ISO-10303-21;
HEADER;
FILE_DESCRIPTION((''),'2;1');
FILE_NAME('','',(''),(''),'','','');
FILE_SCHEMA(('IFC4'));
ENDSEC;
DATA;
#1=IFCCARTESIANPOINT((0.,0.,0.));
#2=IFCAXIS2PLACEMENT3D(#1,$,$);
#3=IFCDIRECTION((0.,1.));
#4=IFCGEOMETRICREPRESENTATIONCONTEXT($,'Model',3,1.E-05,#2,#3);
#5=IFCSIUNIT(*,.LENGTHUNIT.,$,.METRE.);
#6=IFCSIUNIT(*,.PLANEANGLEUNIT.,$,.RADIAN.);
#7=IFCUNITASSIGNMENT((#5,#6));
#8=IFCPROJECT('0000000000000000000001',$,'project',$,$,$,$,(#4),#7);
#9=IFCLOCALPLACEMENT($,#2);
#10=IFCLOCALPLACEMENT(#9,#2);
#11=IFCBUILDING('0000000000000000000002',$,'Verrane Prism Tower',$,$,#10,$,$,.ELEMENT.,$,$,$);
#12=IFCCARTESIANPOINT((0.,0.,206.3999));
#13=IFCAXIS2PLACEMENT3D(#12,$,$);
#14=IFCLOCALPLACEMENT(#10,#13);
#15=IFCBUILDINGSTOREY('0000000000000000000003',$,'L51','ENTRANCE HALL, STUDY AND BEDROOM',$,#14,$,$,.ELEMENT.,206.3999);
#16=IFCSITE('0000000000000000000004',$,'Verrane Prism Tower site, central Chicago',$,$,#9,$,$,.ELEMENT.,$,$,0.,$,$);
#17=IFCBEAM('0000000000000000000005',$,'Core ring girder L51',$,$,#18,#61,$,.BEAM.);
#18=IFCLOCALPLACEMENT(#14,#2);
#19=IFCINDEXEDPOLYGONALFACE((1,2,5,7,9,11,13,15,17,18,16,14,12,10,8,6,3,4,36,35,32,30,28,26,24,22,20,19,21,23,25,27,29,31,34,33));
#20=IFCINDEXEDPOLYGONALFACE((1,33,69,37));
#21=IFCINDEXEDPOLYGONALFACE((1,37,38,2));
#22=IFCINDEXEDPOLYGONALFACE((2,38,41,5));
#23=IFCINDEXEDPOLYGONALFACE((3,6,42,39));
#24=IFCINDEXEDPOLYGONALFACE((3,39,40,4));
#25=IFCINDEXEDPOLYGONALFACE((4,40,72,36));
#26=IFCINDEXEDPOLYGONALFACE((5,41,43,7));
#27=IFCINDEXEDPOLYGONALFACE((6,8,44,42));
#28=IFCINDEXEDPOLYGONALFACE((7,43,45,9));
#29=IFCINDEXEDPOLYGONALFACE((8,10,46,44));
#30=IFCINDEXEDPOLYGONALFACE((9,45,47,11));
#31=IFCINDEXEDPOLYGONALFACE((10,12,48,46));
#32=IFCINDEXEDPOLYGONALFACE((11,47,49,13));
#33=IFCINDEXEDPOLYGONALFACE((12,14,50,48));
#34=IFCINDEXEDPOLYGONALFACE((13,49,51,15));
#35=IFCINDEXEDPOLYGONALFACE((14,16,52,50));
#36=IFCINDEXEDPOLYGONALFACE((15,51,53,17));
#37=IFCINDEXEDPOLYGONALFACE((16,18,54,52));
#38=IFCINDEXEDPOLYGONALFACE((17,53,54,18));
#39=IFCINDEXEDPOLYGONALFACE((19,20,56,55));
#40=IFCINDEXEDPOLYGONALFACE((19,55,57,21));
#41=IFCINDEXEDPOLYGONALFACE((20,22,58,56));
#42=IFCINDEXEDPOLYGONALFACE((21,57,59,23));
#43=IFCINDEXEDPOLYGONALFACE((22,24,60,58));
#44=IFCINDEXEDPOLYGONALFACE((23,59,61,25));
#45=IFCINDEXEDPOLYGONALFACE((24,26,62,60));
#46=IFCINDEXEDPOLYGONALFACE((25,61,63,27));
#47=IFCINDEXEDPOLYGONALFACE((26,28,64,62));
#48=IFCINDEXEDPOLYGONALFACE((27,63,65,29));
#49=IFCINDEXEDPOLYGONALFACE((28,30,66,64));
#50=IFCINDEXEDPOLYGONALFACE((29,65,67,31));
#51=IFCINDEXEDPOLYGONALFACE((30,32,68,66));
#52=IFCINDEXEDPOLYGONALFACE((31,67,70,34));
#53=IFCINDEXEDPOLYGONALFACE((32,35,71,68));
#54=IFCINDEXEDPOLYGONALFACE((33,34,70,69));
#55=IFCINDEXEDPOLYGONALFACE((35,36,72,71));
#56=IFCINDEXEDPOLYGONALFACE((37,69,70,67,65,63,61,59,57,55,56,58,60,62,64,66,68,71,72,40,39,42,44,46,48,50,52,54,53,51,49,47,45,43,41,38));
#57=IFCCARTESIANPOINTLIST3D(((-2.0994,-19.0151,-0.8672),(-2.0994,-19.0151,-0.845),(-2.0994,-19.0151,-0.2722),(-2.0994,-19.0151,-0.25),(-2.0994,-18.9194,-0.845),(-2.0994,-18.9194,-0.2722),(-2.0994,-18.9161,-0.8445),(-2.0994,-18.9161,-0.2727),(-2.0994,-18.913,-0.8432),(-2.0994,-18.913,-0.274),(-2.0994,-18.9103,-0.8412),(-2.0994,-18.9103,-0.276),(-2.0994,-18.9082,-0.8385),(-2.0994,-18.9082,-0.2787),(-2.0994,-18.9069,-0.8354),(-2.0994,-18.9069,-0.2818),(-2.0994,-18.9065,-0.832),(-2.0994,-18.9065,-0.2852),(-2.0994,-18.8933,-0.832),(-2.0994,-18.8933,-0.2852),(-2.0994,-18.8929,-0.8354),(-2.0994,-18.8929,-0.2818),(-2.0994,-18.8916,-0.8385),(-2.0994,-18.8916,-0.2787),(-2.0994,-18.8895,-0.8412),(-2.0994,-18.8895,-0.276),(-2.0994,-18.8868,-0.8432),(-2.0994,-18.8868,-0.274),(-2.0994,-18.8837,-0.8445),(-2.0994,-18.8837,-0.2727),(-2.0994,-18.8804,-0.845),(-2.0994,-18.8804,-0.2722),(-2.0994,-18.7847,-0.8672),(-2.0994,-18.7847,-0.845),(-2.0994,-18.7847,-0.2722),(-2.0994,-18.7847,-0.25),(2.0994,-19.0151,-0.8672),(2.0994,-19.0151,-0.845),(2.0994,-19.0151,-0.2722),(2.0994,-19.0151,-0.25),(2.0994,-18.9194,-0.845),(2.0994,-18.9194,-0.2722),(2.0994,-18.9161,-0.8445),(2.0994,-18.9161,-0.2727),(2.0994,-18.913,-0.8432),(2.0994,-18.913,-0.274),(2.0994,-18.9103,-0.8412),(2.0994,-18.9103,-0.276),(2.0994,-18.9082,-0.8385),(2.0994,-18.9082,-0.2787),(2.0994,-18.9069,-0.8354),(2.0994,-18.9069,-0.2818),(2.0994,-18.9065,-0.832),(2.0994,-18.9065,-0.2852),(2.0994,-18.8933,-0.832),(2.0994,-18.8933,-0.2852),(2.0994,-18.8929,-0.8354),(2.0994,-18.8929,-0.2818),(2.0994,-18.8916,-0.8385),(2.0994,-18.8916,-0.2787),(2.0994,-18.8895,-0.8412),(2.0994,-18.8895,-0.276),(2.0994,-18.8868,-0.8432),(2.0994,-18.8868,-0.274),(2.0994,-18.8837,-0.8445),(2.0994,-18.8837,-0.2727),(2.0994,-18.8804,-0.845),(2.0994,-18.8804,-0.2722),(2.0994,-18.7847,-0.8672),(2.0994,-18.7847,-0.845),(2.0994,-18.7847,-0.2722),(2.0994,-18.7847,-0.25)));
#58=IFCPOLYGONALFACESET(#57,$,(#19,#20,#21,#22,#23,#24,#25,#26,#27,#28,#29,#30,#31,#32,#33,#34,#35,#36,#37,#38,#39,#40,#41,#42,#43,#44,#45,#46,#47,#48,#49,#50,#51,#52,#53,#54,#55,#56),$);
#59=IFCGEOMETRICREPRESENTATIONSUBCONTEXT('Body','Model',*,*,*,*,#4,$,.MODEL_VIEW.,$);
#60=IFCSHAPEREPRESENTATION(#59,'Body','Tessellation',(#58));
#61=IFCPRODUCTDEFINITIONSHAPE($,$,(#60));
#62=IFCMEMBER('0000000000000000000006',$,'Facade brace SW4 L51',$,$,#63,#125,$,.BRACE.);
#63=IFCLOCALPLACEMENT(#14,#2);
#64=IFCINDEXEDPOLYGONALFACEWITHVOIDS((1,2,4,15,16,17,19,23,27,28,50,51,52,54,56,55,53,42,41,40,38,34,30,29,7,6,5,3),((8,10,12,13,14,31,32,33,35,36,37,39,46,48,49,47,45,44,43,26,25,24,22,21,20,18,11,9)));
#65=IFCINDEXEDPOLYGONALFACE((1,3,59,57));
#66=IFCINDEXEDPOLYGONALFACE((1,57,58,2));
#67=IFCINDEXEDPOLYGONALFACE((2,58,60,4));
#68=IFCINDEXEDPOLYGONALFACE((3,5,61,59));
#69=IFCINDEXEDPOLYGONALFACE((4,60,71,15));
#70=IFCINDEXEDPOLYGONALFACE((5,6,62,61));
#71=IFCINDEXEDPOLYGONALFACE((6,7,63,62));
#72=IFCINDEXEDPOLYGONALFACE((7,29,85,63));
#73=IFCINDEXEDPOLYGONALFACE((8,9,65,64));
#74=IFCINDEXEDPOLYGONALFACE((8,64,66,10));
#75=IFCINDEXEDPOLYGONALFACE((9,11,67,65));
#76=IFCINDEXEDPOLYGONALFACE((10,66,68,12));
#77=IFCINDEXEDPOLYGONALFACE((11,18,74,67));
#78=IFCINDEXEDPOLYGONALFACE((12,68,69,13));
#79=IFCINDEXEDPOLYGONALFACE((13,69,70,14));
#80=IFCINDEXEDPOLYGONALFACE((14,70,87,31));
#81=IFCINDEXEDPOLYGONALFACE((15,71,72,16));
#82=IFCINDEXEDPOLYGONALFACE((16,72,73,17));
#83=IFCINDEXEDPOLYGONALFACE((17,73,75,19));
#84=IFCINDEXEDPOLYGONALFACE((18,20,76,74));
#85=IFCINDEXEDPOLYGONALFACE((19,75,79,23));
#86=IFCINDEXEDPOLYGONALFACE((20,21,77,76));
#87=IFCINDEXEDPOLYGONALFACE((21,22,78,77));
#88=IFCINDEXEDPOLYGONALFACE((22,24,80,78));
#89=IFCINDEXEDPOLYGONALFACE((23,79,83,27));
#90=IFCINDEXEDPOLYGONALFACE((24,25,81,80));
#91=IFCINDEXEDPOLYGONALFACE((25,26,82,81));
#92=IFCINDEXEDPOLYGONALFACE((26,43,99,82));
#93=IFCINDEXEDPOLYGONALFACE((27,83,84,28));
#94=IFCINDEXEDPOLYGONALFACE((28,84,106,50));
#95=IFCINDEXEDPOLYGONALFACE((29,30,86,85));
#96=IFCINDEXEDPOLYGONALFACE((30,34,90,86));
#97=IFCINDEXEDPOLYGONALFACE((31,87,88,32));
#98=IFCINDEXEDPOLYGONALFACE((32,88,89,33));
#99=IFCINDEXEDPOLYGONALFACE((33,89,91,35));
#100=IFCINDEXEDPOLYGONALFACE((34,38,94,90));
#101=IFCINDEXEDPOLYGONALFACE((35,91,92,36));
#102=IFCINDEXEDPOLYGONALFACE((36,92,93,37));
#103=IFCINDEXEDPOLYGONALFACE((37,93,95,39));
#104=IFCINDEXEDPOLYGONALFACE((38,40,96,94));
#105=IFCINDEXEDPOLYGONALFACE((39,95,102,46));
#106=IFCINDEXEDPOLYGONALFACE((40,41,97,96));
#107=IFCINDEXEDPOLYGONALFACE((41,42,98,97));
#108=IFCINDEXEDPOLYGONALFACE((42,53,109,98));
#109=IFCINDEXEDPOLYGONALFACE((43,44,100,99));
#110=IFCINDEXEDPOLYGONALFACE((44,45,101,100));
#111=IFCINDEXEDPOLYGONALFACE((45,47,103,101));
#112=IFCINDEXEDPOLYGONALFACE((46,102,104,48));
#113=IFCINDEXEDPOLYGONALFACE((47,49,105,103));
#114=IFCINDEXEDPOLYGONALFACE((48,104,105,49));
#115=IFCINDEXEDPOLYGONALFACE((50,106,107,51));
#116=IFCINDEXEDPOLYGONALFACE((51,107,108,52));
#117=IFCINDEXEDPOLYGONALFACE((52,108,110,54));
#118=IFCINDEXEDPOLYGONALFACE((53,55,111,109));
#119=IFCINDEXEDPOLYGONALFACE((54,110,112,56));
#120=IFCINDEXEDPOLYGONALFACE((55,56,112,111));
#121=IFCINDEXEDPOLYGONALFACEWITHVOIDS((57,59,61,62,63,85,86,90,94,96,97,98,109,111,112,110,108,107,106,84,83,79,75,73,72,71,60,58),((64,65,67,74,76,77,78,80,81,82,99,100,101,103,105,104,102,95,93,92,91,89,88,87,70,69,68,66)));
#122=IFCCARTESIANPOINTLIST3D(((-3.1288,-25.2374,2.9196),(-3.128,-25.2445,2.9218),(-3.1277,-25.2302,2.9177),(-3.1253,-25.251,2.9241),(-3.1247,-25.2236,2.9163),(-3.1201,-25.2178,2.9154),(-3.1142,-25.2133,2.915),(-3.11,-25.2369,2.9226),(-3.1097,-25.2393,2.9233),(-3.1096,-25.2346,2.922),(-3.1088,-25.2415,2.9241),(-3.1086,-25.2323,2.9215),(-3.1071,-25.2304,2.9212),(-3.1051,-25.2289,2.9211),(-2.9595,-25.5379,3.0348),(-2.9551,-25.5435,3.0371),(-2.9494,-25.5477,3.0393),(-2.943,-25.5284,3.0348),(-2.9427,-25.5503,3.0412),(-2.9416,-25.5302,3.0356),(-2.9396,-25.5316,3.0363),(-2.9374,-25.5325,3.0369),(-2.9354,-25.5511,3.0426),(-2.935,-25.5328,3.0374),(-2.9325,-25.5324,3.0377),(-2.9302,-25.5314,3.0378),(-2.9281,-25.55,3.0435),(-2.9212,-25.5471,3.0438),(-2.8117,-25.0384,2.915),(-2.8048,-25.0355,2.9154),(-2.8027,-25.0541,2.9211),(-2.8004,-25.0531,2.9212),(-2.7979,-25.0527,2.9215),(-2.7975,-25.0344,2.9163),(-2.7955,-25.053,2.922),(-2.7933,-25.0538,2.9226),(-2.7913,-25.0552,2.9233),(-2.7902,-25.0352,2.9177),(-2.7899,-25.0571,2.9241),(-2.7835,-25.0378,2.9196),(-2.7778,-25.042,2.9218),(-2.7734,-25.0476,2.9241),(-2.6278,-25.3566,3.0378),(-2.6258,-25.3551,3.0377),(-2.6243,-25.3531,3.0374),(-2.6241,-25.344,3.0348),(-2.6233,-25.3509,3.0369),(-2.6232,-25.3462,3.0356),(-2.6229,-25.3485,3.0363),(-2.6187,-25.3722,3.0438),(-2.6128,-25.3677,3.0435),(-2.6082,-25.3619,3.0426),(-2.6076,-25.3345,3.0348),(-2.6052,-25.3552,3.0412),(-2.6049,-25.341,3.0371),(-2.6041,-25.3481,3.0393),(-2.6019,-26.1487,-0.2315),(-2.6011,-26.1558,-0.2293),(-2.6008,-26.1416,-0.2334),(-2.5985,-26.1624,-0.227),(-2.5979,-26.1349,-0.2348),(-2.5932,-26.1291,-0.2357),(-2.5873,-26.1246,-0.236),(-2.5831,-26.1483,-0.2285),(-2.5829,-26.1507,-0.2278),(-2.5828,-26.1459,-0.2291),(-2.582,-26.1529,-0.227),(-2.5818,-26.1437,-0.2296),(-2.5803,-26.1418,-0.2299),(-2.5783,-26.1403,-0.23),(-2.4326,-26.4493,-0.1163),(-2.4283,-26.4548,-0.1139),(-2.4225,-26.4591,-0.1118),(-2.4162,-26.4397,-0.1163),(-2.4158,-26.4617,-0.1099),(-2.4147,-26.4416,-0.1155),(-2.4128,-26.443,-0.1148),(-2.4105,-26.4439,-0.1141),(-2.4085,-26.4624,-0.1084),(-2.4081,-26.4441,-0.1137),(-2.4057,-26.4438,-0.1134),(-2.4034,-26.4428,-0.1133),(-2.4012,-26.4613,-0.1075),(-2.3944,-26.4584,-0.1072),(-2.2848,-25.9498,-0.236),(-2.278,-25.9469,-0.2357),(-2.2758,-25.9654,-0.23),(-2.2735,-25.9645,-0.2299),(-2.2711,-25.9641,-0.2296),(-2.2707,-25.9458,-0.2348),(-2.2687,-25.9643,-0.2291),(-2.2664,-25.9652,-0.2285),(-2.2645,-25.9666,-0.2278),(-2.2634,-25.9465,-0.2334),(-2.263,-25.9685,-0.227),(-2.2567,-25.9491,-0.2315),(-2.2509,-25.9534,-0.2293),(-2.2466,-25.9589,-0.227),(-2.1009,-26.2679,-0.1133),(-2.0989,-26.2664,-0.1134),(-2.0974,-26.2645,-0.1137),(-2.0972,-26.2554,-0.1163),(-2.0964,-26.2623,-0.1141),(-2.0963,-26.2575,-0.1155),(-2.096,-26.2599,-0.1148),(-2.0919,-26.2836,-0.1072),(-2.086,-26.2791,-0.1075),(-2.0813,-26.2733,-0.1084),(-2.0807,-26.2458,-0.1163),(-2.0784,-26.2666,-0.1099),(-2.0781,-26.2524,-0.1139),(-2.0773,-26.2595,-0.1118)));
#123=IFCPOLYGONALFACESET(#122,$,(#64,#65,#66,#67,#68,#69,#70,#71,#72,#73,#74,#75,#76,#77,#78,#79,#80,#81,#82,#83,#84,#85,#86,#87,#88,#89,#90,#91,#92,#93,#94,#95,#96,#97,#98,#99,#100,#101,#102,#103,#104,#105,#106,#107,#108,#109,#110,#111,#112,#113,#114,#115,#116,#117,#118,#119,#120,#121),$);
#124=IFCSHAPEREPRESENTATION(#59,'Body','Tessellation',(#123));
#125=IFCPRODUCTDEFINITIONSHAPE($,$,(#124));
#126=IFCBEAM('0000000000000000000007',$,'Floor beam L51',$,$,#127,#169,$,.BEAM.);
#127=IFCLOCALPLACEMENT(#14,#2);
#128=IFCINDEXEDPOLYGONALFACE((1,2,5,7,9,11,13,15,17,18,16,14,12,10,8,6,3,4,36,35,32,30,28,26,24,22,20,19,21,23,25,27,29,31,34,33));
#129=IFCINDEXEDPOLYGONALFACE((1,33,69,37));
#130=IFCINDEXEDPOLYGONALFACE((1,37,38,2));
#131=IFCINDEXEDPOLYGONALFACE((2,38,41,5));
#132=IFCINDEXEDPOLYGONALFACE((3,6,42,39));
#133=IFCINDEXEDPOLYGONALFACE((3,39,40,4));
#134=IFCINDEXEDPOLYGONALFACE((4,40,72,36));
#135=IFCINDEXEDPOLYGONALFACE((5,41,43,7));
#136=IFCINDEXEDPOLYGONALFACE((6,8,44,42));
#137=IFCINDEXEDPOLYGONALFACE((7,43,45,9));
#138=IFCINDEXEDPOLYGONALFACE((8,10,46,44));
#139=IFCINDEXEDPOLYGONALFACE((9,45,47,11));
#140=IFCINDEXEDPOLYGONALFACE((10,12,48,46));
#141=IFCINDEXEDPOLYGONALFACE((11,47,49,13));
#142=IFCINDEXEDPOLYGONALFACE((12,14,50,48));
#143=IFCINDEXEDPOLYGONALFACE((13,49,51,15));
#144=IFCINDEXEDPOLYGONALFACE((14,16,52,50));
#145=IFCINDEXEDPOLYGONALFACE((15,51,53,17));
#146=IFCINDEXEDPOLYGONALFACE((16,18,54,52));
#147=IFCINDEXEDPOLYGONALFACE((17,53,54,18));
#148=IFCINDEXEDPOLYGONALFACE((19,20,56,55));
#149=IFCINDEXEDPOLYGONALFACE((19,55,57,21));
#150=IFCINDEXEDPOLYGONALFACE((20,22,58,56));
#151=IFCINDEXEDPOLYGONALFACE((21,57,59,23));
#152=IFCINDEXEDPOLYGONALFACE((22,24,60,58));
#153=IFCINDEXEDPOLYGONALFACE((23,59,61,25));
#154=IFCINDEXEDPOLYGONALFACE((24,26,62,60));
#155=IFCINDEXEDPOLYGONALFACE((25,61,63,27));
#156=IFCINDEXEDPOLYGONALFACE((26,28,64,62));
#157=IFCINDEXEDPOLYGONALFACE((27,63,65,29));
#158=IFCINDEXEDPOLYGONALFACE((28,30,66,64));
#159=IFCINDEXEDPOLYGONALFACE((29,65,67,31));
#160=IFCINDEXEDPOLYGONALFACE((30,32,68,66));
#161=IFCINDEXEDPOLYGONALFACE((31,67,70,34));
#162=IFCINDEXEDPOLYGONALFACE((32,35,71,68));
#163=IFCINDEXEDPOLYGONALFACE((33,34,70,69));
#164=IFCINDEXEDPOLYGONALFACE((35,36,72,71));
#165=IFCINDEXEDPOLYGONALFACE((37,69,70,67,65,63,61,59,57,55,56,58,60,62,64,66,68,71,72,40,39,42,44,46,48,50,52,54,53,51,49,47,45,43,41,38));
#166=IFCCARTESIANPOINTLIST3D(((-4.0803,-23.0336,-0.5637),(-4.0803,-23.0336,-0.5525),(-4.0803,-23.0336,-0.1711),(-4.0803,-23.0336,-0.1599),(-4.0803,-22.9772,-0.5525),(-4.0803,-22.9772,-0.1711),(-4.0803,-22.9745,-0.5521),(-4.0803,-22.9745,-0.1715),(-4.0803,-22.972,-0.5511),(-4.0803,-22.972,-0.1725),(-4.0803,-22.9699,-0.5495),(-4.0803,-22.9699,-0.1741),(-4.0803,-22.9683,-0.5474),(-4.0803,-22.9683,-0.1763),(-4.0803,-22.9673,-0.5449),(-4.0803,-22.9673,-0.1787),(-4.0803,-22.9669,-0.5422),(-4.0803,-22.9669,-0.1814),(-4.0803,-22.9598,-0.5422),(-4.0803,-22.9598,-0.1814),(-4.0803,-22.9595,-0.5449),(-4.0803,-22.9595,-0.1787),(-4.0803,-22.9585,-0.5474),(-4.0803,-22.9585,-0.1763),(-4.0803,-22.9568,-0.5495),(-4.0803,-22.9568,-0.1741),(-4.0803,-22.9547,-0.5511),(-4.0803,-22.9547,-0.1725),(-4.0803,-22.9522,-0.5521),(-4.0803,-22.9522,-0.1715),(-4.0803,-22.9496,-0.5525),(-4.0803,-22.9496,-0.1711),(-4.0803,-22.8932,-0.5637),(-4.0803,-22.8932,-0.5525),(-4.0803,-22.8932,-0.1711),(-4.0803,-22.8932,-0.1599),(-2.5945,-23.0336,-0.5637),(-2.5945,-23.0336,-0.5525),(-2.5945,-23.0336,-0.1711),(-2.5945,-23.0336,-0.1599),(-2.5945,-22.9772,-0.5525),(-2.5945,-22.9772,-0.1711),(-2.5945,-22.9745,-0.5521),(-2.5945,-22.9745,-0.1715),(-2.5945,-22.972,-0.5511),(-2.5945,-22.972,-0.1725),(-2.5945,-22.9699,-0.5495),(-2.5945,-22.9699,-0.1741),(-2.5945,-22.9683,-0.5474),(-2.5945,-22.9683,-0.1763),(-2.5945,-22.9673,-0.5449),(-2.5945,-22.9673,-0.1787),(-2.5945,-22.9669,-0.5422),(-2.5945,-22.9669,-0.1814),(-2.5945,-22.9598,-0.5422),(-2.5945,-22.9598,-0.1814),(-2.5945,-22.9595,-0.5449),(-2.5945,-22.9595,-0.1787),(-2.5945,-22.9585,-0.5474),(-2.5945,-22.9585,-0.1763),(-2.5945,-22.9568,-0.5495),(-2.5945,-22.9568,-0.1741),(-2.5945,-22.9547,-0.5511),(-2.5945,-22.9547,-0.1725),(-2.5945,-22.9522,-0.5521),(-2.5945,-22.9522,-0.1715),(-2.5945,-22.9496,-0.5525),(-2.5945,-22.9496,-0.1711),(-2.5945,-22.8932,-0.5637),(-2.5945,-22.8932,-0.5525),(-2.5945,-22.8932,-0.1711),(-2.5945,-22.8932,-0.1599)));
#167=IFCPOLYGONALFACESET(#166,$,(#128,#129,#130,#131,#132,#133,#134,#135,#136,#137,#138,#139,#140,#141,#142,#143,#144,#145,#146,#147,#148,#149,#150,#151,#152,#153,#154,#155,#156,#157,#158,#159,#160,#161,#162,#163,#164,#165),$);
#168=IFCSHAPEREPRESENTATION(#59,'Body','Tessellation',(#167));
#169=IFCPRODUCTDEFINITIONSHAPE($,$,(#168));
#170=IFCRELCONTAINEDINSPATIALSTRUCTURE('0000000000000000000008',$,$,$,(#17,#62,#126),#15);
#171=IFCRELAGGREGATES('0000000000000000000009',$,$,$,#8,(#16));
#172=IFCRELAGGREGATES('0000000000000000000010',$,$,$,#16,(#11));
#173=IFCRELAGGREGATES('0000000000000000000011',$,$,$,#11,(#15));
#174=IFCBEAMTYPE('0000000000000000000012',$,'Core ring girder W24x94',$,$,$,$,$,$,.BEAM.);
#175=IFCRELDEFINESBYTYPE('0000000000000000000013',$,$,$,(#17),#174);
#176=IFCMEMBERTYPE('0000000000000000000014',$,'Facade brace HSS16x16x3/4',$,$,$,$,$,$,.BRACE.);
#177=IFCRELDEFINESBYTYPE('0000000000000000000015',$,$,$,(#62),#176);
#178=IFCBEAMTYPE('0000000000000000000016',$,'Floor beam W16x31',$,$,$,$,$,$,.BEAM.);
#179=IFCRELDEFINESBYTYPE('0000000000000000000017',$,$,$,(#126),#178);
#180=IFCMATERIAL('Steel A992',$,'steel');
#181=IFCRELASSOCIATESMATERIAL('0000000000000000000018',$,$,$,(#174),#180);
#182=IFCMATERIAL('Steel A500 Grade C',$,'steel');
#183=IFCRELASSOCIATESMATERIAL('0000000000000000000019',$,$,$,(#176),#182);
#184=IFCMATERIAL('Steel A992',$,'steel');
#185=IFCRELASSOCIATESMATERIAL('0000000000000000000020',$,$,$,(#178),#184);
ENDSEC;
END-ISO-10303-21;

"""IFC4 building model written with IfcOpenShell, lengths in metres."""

from ifc_helpers import new_model, si_unit, direction, frame, origin, origin_2d, place, context, subcontext, project, spatial, hollow_rectangle, i_section, extrude, material, material_profile, profile_set, type_object, element, save


model = new_model("IFC4")

# Units and contexts
model_context = context("Model", 3, precision=1e-05, world=origin(), true_north=direction((0.0, 1.0)))
body_context = subcontext(model_context, "Body", "Model", "MODEL_VIEW")
ifc_project = project(units=[si_unit("LENGTHUNIT", "METRE"), si_unit("PLANEANGLEUNIT", "RADIAN")], contexts=[model_context])

# Site, building, storey
site_placement = place(None, origin())
site = spatial("IfcSite", under=ifc_project, at=site_placement, Name="Verrane Prism Tower site, central Chicago", CompositionType="ELEMENT", RefElevation=0.0)
building_placement = place(site_placement, origin())
building = spatial("IfcBuilding", under=site, at=building_placement, Name="Verrane Prism Tower", CompositionType="ELEMENT")
storey_placement = place(building_placement, frame((0.0, 0.0, 206.3999)))
storey = spatial("IfcBuildingStorey", under=building, at=storey_placement, Name="L51", Description="ENTRANCE HALL, STUDY AND BEDROOM", CompositionType="ELEMENT", Elevation=206.3999)

# Beam
ifc_material_1 = material(Name="Steel A992", Category="steel")
ifc_material_profile_1 = material_profile(ifc_material_1, i_section(OverallWidth=0.2305, OverallDepth=0.6172, WebThickness=0.0132, FlangeThickness=0.0222, FilletRadius=0.0129, at=origin_2d()), Name="W24x94")
ifc_profile_set_1 = profile_set([ifc_material_profile_1], Name="Steel A992")
beam_type_1 = type_object("IfcBeamType", Name="Core ring girder W24x94", PredefinedType="BEAM", material=ifc_profile_set_1)
beam_1_placement = place(storey_placement, frame((-2.0994, -18.8999, -0.5586), z_axis=(1.0, 0.0, 0.0), x_axis=(0.0, 1.0, 0.0)))
element("IfcBeam", 1, at=beam_1_placement, inside=storey, type_object=beam_type_1, Name="Core ring girder L51", PredefinedType="BEAM", context=body_context, shape_type="SweptSolid", body=[
    extrude(i_section(OverallWidth=0.2305, OverallDepth=0.6172, WebThickness=0.0132, FlangeThickness=0.0222, FilletRadius=0.0129, at=origin_2d()), origin(), (0.0, 0.0, 1.0), 4.1987),
])

# Member
ifc_material_2 = material(Name="Steel A500 Grade C", Category="steel")
ifc_material_profile_2 = material_profile(ifc_material_2, hollow_rectangle(XDim=0.4065, YDim=0.4065, WallThickness=0.019, InnerFilletRadius=0.0095, OuterFilletRadius=0.0286, at=origin_2d()), Name="HSS16x16x3/4")
ifc_profile_set_2 = profile_set([ifc_material_profile_2], Name="Steel A500 Grade C")
member_type_1 = type_object("IfcMemberType", Name="Facade brace HSS16x16x3/4", PredefinedType="BRACE", material=ifc_profile_set_2)
member_1_placement = place(storey_placement, frame((-2.3396, -26.2041, -0.1716), z_axis=(-0.158581, 0.27432, 0.948473), x_axis=(-0.865749, -0.500479, 0.0)))
element("IfcMember", 2, at=member_1_placement, inside=storey, type_object=member_type_1, Name="Facade brace SW4 L51", PredefinedType="BRACE", context=body_context, shape_type="SweptSolid", body=[
    extrude(hollow_rectangle(XDim=0.4065, YDim=0.4065, WallThickness=0.019, InnerFilletRadius=0.0095, OuterFilletRadius=0.0286, at=origin_2d()), origin(), (0.0, 0.0, 1.0), 3.3223),
])

# Beam
ifc_material_3 = material(Name="Steel A992", Category="steel")
ifc_material_profile_3 = material_profile(ifc_material_3, i_section(OverallWidth=0.1404, OverallDepth=0.4038, WebThickness=0.0071, FlangeThickness=0.0112, FilletRadius=0.0103, at=origin_2d()), Name="W16x31")
ifc_profile_set_3 = profile_set([ifc_material_profile_3], Name="Steel A992")
beam_type_2 = type_object("IfcBeamType", Name="Floor beam W16x31", PredefinedType="BEAM", material=ifc_profile_set_3)
beam_2_placement = place(storey_placement, frame((-4.0803, -22.9634, -0.3618), z_axis=(1.0, 0.0, 0.0), x_axis=(0.0, 1.0, 0.0)))
element("IfcBeam", 3, at=beam_2_placement, inside=storey, type_object=beam_type_2, Name="Floor beam L51", PredefinedType="BEAM", context=body_context, shape_type="SweptSolid", body=[
    extrude(i_section(OverallWidth=0.1404, OverallDepth=0.4038, WebThickness=0.0071, FlangeThickness=0.0112, FilletRadius=0.0103, at=origin_2d()), origin(), (0.0, 0.0, 1.0), 1.4858),
])

save(model, "model.ifc")
